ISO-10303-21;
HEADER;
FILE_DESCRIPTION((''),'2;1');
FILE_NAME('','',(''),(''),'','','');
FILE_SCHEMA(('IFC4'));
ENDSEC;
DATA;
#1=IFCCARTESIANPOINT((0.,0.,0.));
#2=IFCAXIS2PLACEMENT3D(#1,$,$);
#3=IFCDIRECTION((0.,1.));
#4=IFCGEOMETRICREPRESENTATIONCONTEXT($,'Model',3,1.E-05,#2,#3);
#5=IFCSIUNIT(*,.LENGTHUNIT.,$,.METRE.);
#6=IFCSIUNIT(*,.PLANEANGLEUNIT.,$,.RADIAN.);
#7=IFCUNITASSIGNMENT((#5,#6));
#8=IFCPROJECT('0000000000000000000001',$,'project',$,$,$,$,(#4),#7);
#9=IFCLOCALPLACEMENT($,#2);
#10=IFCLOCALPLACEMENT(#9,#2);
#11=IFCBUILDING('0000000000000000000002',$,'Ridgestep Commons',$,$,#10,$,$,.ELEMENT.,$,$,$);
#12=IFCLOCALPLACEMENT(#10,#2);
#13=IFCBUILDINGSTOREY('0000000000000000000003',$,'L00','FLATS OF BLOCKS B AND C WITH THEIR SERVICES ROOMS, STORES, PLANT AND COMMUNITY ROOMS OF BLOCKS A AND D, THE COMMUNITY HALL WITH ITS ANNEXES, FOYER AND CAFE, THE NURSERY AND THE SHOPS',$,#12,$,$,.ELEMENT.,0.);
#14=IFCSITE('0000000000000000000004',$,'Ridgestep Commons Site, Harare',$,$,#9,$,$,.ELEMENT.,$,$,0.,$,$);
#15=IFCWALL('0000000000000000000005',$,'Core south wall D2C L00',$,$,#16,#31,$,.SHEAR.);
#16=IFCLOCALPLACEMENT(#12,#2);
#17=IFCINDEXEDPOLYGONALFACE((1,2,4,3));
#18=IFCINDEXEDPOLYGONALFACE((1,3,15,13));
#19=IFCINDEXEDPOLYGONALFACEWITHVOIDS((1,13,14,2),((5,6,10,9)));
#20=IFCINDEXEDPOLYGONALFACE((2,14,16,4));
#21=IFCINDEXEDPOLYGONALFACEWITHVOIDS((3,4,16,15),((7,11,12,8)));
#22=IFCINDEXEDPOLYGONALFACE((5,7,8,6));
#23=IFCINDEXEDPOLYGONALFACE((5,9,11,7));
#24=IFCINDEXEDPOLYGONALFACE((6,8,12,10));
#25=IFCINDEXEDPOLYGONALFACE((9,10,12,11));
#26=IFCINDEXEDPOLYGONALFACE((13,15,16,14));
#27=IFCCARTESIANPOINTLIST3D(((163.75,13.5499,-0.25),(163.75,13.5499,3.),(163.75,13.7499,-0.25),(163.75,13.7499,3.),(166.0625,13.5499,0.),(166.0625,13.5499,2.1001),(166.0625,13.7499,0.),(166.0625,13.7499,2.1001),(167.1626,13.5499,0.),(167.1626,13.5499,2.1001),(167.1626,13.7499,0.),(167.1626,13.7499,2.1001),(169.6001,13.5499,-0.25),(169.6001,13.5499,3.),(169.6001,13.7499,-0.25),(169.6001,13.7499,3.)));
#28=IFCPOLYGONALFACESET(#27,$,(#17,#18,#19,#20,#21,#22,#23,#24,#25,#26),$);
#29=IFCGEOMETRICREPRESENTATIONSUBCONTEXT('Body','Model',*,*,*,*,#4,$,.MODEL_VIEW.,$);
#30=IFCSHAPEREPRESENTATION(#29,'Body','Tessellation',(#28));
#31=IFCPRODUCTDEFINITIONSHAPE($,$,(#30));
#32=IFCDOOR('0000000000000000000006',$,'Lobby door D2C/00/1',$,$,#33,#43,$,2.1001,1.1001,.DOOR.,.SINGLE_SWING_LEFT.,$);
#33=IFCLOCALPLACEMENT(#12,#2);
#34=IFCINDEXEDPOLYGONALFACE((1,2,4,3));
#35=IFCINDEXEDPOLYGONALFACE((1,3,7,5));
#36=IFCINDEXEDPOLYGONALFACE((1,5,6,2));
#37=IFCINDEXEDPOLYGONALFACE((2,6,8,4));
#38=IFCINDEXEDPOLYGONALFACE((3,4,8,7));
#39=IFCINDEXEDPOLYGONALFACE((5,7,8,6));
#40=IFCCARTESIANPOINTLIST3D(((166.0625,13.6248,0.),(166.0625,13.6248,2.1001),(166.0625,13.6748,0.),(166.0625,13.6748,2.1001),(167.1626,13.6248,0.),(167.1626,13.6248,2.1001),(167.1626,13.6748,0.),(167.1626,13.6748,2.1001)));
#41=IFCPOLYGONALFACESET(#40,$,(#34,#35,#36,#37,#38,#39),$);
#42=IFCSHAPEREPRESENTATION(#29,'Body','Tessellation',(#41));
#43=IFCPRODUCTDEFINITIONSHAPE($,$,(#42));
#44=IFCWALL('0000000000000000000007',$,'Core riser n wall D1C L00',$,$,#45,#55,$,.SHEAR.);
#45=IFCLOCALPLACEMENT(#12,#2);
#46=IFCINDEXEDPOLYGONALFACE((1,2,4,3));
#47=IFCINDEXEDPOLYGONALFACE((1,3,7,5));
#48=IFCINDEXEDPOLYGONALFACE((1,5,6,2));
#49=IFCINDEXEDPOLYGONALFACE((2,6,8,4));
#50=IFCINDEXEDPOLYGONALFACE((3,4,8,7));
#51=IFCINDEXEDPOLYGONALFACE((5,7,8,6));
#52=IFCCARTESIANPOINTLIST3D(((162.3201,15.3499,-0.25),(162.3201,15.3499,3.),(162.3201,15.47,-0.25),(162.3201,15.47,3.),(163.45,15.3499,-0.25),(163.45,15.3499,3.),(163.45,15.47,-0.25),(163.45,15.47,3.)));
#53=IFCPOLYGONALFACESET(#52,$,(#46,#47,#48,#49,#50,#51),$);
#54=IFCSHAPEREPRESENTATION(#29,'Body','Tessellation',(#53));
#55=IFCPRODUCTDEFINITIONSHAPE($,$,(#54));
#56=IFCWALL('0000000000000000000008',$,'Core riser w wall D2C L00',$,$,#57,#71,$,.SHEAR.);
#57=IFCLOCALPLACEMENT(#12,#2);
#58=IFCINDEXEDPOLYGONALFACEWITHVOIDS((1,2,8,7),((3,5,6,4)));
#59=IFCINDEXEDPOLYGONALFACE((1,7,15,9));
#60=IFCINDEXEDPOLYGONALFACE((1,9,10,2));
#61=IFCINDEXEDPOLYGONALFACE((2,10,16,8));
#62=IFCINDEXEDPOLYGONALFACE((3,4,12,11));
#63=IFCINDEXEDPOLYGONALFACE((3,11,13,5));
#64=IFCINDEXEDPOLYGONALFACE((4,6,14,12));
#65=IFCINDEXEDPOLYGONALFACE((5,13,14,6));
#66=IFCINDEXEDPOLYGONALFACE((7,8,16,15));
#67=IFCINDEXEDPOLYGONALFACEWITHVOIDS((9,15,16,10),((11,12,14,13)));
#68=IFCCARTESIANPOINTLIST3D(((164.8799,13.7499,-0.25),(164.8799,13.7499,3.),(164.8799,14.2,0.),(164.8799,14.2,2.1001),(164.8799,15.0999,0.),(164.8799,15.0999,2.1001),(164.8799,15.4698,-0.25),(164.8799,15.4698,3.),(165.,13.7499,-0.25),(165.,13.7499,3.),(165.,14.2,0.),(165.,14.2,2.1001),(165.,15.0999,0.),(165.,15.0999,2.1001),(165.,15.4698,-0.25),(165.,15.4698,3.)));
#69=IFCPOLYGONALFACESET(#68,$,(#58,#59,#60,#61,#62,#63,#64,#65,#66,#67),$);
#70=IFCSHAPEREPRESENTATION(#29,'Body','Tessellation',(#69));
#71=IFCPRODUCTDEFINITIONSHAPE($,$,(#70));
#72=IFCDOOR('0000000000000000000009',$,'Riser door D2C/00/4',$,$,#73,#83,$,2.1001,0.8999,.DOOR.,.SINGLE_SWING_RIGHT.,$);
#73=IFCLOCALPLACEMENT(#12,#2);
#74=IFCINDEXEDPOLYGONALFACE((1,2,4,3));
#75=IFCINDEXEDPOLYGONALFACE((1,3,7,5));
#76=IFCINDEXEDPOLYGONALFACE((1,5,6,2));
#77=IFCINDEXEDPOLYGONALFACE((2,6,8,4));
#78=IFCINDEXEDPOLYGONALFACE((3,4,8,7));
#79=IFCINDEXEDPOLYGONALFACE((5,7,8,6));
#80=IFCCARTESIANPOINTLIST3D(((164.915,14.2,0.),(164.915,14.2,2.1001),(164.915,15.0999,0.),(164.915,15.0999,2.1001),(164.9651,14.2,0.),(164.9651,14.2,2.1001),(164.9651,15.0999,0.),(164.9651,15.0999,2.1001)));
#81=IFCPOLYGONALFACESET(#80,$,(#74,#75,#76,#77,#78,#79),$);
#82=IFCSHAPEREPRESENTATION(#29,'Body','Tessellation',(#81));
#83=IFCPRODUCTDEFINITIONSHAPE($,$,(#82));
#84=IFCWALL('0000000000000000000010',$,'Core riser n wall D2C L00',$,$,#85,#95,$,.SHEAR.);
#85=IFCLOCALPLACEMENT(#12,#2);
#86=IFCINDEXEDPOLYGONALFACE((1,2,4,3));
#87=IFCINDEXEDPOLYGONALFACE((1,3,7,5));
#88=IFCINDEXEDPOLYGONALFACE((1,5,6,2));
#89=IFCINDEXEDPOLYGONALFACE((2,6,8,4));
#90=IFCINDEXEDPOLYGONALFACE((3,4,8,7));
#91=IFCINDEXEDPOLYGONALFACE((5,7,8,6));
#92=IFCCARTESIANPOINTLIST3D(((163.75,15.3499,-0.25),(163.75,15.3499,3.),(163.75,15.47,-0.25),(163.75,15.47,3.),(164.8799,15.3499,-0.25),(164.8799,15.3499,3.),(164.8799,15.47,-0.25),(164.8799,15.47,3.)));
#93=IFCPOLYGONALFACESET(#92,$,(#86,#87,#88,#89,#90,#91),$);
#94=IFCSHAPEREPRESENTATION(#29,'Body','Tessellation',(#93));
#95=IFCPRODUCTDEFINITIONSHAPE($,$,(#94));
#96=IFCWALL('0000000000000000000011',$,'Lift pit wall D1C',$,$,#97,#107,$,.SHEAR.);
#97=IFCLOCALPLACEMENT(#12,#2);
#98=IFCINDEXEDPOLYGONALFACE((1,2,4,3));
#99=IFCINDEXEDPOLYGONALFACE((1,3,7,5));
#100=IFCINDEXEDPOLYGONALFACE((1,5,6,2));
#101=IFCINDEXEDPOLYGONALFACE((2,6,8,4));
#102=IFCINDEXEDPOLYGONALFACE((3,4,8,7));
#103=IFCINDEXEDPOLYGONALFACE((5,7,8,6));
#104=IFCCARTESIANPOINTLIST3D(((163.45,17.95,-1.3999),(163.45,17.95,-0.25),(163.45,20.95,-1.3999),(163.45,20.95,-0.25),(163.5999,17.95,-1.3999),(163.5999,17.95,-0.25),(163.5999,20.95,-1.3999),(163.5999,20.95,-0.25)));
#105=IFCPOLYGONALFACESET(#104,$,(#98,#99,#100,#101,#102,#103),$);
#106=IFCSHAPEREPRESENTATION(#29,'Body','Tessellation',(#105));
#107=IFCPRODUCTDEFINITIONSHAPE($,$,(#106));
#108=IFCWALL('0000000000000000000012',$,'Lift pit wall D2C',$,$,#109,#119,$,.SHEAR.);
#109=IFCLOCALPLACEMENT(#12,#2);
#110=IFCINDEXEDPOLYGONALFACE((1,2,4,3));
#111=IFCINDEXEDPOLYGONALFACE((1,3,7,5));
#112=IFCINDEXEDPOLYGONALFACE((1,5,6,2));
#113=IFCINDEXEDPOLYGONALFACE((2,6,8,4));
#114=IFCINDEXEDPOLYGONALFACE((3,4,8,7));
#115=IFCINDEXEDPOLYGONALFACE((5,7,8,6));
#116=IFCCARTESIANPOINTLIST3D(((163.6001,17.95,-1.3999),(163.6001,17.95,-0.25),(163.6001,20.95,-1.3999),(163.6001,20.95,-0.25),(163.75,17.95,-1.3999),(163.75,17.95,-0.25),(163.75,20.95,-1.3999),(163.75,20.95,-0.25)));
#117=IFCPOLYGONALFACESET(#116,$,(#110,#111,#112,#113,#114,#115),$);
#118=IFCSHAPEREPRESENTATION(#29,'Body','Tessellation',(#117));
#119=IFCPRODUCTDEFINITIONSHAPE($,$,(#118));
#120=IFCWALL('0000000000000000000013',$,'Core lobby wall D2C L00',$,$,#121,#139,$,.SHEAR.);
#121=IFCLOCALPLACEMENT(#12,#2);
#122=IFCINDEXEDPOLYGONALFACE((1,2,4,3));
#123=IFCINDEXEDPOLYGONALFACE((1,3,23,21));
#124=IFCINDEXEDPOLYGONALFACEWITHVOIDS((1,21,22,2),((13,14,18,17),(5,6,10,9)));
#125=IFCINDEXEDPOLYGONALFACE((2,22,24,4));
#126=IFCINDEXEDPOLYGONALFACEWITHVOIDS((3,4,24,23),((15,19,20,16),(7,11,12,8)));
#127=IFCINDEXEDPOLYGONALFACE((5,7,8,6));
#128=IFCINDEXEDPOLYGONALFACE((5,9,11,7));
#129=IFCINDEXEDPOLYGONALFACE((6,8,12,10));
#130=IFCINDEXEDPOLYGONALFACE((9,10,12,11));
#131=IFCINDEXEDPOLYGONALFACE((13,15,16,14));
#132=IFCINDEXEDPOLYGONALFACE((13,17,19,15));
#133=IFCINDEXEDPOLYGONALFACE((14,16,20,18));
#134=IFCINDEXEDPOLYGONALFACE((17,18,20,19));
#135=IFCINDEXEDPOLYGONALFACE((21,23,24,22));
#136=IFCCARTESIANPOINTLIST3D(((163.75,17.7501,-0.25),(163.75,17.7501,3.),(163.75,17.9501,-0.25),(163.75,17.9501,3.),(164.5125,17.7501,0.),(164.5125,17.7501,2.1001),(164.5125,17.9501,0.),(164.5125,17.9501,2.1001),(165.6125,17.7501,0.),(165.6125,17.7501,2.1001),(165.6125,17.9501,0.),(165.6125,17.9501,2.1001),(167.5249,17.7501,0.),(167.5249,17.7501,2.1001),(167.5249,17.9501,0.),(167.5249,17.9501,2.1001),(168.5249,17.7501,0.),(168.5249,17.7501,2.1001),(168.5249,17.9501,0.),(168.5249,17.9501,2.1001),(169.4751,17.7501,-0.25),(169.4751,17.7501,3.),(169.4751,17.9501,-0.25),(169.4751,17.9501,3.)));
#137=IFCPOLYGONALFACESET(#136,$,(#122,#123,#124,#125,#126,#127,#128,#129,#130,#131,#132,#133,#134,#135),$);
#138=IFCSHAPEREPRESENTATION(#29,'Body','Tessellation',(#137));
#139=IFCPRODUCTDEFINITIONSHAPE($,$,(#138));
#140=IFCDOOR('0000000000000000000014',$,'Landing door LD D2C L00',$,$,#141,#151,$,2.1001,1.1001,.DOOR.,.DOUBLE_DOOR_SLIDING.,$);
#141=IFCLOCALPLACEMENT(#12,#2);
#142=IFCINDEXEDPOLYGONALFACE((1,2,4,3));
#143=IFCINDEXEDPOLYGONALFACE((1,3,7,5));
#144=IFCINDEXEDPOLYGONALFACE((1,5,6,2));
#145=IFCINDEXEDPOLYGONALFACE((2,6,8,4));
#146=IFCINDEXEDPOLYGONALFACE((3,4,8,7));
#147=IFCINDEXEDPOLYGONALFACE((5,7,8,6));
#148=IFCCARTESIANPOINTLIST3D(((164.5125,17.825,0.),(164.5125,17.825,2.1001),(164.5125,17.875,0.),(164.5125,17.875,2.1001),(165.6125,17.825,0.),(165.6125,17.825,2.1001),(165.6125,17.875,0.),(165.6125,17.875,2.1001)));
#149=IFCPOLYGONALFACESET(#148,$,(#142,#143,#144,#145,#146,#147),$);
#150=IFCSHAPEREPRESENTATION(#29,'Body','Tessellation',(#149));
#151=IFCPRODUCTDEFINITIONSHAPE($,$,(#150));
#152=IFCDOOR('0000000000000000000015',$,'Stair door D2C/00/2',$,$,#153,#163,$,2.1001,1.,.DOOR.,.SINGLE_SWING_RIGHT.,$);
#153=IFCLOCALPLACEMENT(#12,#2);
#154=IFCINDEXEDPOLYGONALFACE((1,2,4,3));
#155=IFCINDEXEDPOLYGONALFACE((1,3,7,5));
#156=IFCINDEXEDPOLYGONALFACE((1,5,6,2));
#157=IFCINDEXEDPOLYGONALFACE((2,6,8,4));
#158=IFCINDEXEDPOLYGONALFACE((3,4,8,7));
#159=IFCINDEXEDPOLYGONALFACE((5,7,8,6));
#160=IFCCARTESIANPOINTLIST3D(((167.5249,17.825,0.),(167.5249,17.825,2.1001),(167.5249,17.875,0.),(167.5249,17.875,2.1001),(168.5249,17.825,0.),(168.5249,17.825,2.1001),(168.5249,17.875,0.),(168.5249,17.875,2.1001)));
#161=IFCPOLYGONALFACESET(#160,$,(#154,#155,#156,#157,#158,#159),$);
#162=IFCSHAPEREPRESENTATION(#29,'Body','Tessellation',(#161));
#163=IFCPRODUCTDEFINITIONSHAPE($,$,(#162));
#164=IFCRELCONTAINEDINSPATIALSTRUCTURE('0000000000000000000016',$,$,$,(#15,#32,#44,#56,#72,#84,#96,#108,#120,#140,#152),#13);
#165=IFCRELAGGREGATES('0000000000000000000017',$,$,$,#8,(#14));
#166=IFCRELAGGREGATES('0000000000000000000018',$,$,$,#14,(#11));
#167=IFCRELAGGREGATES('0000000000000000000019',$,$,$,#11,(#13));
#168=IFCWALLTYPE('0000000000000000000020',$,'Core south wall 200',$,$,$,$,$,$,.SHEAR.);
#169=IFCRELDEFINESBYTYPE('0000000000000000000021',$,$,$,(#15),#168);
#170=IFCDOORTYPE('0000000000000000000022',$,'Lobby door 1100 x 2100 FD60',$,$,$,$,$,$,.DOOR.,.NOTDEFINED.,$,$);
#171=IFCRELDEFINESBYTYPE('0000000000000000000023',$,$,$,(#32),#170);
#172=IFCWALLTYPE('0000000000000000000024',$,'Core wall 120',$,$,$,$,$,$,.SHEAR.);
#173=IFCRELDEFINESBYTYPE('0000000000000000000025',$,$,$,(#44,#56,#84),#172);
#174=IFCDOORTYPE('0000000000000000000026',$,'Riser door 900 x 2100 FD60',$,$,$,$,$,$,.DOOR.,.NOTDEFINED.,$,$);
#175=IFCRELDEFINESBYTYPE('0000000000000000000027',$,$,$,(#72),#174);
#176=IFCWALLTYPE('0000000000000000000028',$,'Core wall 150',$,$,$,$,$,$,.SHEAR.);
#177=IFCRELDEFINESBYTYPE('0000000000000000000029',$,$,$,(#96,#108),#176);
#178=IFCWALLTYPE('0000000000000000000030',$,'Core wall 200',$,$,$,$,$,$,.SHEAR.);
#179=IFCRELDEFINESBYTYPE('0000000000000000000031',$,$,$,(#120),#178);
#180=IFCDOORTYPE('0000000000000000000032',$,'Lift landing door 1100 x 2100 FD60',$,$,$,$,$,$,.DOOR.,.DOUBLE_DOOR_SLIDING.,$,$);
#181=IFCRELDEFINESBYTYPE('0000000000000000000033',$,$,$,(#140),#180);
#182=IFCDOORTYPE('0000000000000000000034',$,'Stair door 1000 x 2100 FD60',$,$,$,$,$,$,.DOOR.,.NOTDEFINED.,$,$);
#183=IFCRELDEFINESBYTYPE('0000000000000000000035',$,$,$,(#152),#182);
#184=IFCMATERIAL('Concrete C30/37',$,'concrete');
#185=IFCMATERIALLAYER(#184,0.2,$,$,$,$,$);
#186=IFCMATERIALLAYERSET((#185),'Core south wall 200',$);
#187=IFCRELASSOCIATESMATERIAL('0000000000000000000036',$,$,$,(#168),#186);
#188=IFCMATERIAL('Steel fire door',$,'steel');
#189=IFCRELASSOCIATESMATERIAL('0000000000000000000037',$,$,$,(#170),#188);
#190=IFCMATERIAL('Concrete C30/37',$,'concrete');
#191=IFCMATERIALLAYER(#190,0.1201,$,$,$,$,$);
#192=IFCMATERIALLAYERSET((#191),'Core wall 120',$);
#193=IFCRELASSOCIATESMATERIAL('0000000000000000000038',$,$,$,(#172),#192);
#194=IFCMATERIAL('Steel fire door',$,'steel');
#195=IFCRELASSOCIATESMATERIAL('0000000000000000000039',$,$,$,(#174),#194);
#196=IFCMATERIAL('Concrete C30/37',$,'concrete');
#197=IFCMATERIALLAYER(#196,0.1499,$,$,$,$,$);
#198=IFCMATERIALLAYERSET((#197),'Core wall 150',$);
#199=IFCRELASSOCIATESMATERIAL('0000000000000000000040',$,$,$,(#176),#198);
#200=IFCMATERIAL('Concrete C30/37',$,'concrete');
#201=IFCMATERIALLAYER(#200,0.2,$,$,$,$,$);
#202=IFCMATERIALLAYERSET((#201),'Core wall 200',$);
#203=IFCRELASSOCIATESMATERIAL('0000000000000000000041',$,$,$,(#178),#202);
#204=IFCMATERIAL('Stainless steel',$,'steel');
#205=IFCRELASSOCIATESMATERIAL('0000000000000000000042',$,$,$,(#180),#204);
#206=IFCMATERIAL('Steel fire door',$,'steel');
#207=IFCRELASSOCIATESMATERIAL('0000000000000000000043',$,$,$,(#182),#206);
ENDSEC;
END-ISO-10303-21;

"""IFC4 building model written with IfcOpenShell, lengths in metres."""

from ifc_helpers import new_model, si_unit, direction, frame, frame_2d, origin, place, context, subcontext, project, spatial, rectangle, extrude, material, layer, layer_set, type_object, element, fill, save


model = new_model("IFC4")

# Units and contexts
model_context = context("Model", 3, precision=1e-05, world=origin(), true_north=direction((0.0, 1.0)))
body_context = subcontext(model_context, "Body", "Model", "MODEL_VIEW")
ifc_project = project(units=[si_unit("LENGTHUNIT", "METRE"), si_unit("PLANEANGLEUNIT", "RADIAN")], contexts=[model_context])

# Site, building, storey
site_placement = place(None, origin())
site = spatial("IfcSite", under=ifc_project, at=site_placement, Name="Ridgestep Commons Site, Harare", CompositionType="ELEMENT", RefElevation=0.0)
building_placement = place(site_placement, origin())
building = spatial("IfcBuilding", under=site, at=building_placement, Name="Ridgestep Commons", CompositionType="ELEMENT")
storey_placement = place(building_placement, origin())
storey = spatial("IfcBuildingStorey", under=building, at=storey_placement, Name="L00", Description="FLATS OF BLOCKS B AND C WITH THEIR SERVICES ROOMS, STORES, PLANT AND COMMUNITY ROOMS OF BLOCKS A AND D, THE COMMUNITY HALL WITH ITS ANNEXES, FOYER AND CAFE, THE NURSERY AND THE SHOPS", CompositionType="ELEMENT", Elevation=0.0)

# Wall, opening, door
ifc_material_1 = material(Name="Concrete C30/37", Category="concrete")
ifc_layer_1 = layer(ifc_material_1, 0.2)
ifc_layer_set_1 = layer_set([ifc_layer_1], Name="Core south wall 200")
wall_type_1 = type_object("IfcWallType", Name="Core south wall 200", PredefinedType="SHEAR", material=ifc_layer_set_1)
wall_1_placement = place(storey_placement, frame((163.75, 13.6499, -0.25), z_axis=(0.0, 0.0, 1.0), x_axis=(1.0, 0.0, 0.0)))
wall_1 = element("IfcWall", 1, at=wall_1_placement, inside=storey, type_object=wall_type_1, Name="Core south wall D2C L00", PredefinedType="SHEAR", context=body_context, shape_type="SweptSolid", body=[
    extrude(rectangle(XDim=5.8501, YDim=0.2, at=frame_2d((2.925, 0.0))), origin(), (0.0, 0.0, 1.0), 3.25),
])
opening_1_placement = place(wall_1_placement, frame((2.3125, 0.0, 0.25)))
opening_1 = element("IfcOpeningElement", 2, at=opening_1_placement, cuts=wall_1, PredefinedType="OPENING", context=body_context, shape_type="SweptSolid", body=[
    extrude(rectangle(XDim=1.1001, YDim=2.1001, at=frame_2d((0.55, 1.05))), frame((0.0, 0.1099, 0.0), z_axis=(0.0, -1.0, 0.0), x_axis=(1.0, 0.0, 0.0)), (0.0, 0.0, 1.0), 0.22),
])
ifc_material_2 = material(Name="Steel fire door", Category="steel")
door_type_1 = type_object("IfcDoorType", Name="Lobby door 1100 x 2100 FD60", OperationType="NOTDEFINED", PredefinedType="DOOR", material=ifc_material_2)
door_1_placement = place(opening_1_placement, origin())
door_1 = element("IfcDoor", 3, at=door_1_placement, inside=storey, type_object=door_type_1, Name="Lobby door D2C/00/1", OperationType="SINGLE_SWING_LEFT", OverallHeight=2.1001, OverallWidth=1.1001, PredefinedType="DOOR", context=body_context, shape_type="SweptSolid", body=[
    extrude(rectangle(XDim=1.1001, YDim=2.1001, at=frame_2d((0.55, 1.05))), frame((0.0, 0.0249, 0.0), z_axis=(0.0, -1.0, 0.0), x_axis=(1.0, 0.0, 0.0)), (0.0, 0.0, 1.0), 0.05),
])
fill(opening_1, door_1)

# Wall
ifc_material_3 = material(Name="Concrete C30/37", Category="concrete")
ifc_layer_2 = layer(ifc_material_3, 0.1201)
ifc_layer_set_2 = layer_set([ifc_layer_2], Name="Core wall 120")
wall_type_2 = type_object("IfcWallType", Name="Core wall 120", PredefinedType="SHEAR", material=ifc_layer_set_2)
wall_2_placement = place(storey_placement, frame((162.3201, 15.4099, -0.25), z_axis=(0.0, 0.0, 1.0), x_axis=(1.0, 0.0, 0.0)))
element("IfcWall", 4, at=wall_2_placement, inside=storey, type_object=wall_type_2, Name="Core riser n wall D1C L00", PredefinedType="SHEAR", context=body_context, shape_type="SweptSolid", body=[
    extrude(rectangle(XDim=1.1299, YDim=0.1201, at=frame_2d((0.5649, 0.0))), origin(), (0.0, 0.0, 1.0), 3.25),
])

# Wall, opening, door
wall_3_placement = place(storey_placement, frame((164.9399, 13.75, -0.25), z_axis=(0.0, 0.0, 1.0), x_axis=(0.0, 1.0, 0.0)))
wall_3 = element("IfcWall", 5, at=wall_3_placement, inside=storey, type_object=wall_type_2, Name="Core riser w wall D2C L00", PredefinedType="SHEAR", context=body_context, shape_type="SweptSolid", body=[
    extrude(rectangle(XDim=1.72, YDim=0.1201, at=frame_2d((0.8599, 0.0))), origin(), (0.0, 0.0, 1.0), 3.25),
])
opening_2_placement = place(wall_3_placement, frame((0.45, 0.0, 0.25)))
opening_2 = element("IfcOpeningElement", 6, at=opening_2_placement, cuts=wall_3, PredefinedType="OPENING", context=body_context, shape_type="SweptSolid", body=[
    extrude(rectangle(XDim=0.8999, YDim=2.1001, at=frame_2d((0.45, 1.05))), frame((0.0, 0.0701, 0.0), z_axis=(0.0, -1.0, 0.0), x_axis=(1.0, 0.0, 0.0)), (0.0, 0.0, 1.0), 0.1401),
])
ifc_material_4 = material(Name="Steel fire door", Category="steel")
door_type_2 = type_object("IfcDoorType", Name="Riser door 900 x 2100 FD60", OperationType="NOTDEFINED", PredefinedType="DOOR", material=ifc_material_4)
door_2_placement = place(opening_2_placement, origin())
door_2 = element("IfcDoor", 7, at=door_2_placement, inside=storey, type_object=door_type_2, Name="Riser door D2C/00/4", OperationType="SINGLE_SWING_RIGHT", OverallHeight=2.1001, OverallWidth=0.8999, PredefinedType="DOOR", context=body_context, shape_type="SweptSolid", body=[
    extrude(rectangle(XDim=0.8999, YDim=2.1001, at=frame_2d((0.45, 1.05))), frame((0.0, 0.0249, 0.0), z_axis=(0.0, -1.0, 0.0), x_axis=(1.0, 0.0, 0.0)), (0.0, 0.0, 1.0), 0.05),
])
fill(opening_2, door_2)

# Walls
wall_4_placement = place(storey_placement, frame((163.75, 15.4099, -0.25), z_axis=(0.0, 0.0, 1.0), x_axis=(1.0, 0.0, 0.0)))
element("IfcWall", 8, at=wall_4_placement, inside=storey, type_object=wall_type_2, Name="Core riser n wall D2C L00", PredefinedType="SHEAR", context=body_context, shape_type="SweptSolid", body=[
    extrude(rectangle(XDim=1.1299, YDim=0.1201, at=frame_2d((0.5649, 0.0))), origin(), (0.0, 0.0, 1.0), 3.25),
])
ifc_material_5 = material(Name="Concrete C30/37", Category="concrete")
ifc_layer_3 = layer(ifc_material_5, 0.1499)
ifc_layer_set_3 = layer_set([ifc_layer_3], Name="Core wall 150")
wall_type_3 = type_object("IfcWallType", Name="Core wall 150", PredefinedType="SHEAR", material=ifc_layer_set_3)
for number, where, z_axis, x_axis, name in (
    (9, (163.5249, 17.95, -1.3999), (0.0, 0.0, 1.0), (0.0, 1.0, 0.0), "Lift pit wall D1C"),
    (10, (163.675, 17.95, -1.3999), (0.0, 0.0, 1.0), (0.0, 1.0, 0.0), "Lift pit wall D2C"),
):
    element("IfcWall", number, at=place(storey_placement, frame(where, z_axis=z_axis, x_axis=x_axis)), inside=storey, type_object=wall_type_3, Name=name, PredefinedType="SHEAR", context=body_context, shape_type="SweptSolid", body=[
        extrude(rectangle(XDim=3.0, YDim=0.1499, at=frame_2d((1.5, 0.0))), origin(), (0.0, 0.0, 1.0), 1.1499),
    ])

# Wall, openings, doors
ifc_material_6 = material(Name="Concrete C30/37", Category="concrete")
ifc_layer_4 = layer(ifc_material_6, 0.2)
ifc_layer_set_4 = layer_set([ifc_layer_4], Name="Core wall 200")
wall_type_4 = type_object("IfcWallType", Name="Core wall 200", PredefinedType="SHEAR", material=ifc_layer_set_4)
wall_5_placement = place(storey_placement, frame((163.75, 17.8501, -0.25), z_axis=(0.0, 0.0, 1.0), x_axis=(1.0, 0.0, 0.0)))
wall_5 = element("IfcWall", 11, at=wall_5_placement, inside=storey, type_object=wall_type_4, Name="Core lobby wall D2C L00", PredefinedType="SHEAR", context=body_context, shape_type="SweptSolid", body=[
    extrude(rectangle(XDim=5.7251, YDim=0.2, at=frame_2d((2.8625, 0.0))), origin(), (0.0, 0.0, 1.0), 3.25),
])
opening_3_placement = place(wall_5_placement, frame((3.7749, 0.0, 0.25)))
opening_3 = element("IfcOpeningElement", 12, at=opening_3_placement, cuts=wall_5, PredefinedType="OPENING", context=body_context, shape_type="SweptSolid", body=[
    extrude(rectangle(XDim=1.0, YDim=2.1001, at=frame_2d((0.5, 1.05))), frame((0.0, 0.1099, 0.0), z_axis=(0.0, -1.0, 0.0), x_axis=(1.0, 0.0, 0.0)), (0.0, 0.0, 1.0), 0.22),
])
opening_4_placement = place(wall_5_placement, frame((0.7625, 0.0, 0.25)))
opening_4 = element("IfcOpeningElement", 13, at=opening_4_placement, cuts=wall_5, PredefinedType="OPENING", context=body_context, shape_type="SweptSolid", body=[
    extrude(rectangle(XDim=1.1001, YDim=2.1001, at=frame_2d((0.55, 1.05))), frame((0.0, 0.1099, 0.0), z_axis=(0.0, -1.0, 0.0), x_axis=(1.0, 0.0, 0.0)), (0.0, 0.0, 1.0), 0.22),
])
ifc_material_7 = material(Name="Stainless steel", Category="steel")
door_type_3 = type_object("IfcDoorType", Name="Lift landing door 1100 x 2100 FD60", OperationType="DOUBLE_DOOR_SLIDING", PredefinedType="DOOR", material=ifc_material_7)
door_3_placement = place(opening_4_placement, origin())
door_3 = element("IfcDoor", 14, at=door_3_placement, inside=storey, type_object=door_type_3, Name="Landing door LD D2C L00", OperationType="DOUBLE_DOOR_SLIDING", OverallHeight=2.1001, OverallWidth=1.1001, PredefinedType="DOOR", context=body_context, shape_type="SweptSolid", body=[
    extrude(rectangle(XDim=1.1001, YDim=2.1001, at=frame_2d((0.55, 1.05))), frame((0.0, 0.0249, 0.0), z_axis=(0.0, -1.0, 0.0), x_axis=(1.0, 0.0, 0.0)), (0.0, 0.0, 1.0), 0.05),
])
fill(opening_4, door_3)
ifc_material_8 = material(Name="Steel fire door", Category="steel")
door_type_4 = type_object("IfcDoorType", Name="Stair door 1000 x 2100 FD60", OperationType="NOTDEFINED", PredefinedType="DOOR", material=ifc_material_8)
door_4_placement = place(opening_3_placement, origin())
door_4 = element("IfcDoor", 15, at=door_4_placement, inside=storey, type_object=door_type_4, Name="Stair door D2C/00/2", OperationType="SINGLE_SWING_RIGHT", OverallHeight=2.1001, OverallWidth=1.0, PredefinedType="DOOR", context=body_context, shape_type="SweptSolid", body=[
    extrude(rectangle(XDim=1.0, YDim=2.1001, at=frame_2d((0.5, 1.05))), frame((0.0, 0.0249, 0.0), z_axis=(0.0, -1.0, 0.0), x_axis=(1.0, 0.0, 0.0)), (0.0, 0.0, 1.0), 0.05),
])
fill(opening_3, door_4)

save(model, "model.ifc")
